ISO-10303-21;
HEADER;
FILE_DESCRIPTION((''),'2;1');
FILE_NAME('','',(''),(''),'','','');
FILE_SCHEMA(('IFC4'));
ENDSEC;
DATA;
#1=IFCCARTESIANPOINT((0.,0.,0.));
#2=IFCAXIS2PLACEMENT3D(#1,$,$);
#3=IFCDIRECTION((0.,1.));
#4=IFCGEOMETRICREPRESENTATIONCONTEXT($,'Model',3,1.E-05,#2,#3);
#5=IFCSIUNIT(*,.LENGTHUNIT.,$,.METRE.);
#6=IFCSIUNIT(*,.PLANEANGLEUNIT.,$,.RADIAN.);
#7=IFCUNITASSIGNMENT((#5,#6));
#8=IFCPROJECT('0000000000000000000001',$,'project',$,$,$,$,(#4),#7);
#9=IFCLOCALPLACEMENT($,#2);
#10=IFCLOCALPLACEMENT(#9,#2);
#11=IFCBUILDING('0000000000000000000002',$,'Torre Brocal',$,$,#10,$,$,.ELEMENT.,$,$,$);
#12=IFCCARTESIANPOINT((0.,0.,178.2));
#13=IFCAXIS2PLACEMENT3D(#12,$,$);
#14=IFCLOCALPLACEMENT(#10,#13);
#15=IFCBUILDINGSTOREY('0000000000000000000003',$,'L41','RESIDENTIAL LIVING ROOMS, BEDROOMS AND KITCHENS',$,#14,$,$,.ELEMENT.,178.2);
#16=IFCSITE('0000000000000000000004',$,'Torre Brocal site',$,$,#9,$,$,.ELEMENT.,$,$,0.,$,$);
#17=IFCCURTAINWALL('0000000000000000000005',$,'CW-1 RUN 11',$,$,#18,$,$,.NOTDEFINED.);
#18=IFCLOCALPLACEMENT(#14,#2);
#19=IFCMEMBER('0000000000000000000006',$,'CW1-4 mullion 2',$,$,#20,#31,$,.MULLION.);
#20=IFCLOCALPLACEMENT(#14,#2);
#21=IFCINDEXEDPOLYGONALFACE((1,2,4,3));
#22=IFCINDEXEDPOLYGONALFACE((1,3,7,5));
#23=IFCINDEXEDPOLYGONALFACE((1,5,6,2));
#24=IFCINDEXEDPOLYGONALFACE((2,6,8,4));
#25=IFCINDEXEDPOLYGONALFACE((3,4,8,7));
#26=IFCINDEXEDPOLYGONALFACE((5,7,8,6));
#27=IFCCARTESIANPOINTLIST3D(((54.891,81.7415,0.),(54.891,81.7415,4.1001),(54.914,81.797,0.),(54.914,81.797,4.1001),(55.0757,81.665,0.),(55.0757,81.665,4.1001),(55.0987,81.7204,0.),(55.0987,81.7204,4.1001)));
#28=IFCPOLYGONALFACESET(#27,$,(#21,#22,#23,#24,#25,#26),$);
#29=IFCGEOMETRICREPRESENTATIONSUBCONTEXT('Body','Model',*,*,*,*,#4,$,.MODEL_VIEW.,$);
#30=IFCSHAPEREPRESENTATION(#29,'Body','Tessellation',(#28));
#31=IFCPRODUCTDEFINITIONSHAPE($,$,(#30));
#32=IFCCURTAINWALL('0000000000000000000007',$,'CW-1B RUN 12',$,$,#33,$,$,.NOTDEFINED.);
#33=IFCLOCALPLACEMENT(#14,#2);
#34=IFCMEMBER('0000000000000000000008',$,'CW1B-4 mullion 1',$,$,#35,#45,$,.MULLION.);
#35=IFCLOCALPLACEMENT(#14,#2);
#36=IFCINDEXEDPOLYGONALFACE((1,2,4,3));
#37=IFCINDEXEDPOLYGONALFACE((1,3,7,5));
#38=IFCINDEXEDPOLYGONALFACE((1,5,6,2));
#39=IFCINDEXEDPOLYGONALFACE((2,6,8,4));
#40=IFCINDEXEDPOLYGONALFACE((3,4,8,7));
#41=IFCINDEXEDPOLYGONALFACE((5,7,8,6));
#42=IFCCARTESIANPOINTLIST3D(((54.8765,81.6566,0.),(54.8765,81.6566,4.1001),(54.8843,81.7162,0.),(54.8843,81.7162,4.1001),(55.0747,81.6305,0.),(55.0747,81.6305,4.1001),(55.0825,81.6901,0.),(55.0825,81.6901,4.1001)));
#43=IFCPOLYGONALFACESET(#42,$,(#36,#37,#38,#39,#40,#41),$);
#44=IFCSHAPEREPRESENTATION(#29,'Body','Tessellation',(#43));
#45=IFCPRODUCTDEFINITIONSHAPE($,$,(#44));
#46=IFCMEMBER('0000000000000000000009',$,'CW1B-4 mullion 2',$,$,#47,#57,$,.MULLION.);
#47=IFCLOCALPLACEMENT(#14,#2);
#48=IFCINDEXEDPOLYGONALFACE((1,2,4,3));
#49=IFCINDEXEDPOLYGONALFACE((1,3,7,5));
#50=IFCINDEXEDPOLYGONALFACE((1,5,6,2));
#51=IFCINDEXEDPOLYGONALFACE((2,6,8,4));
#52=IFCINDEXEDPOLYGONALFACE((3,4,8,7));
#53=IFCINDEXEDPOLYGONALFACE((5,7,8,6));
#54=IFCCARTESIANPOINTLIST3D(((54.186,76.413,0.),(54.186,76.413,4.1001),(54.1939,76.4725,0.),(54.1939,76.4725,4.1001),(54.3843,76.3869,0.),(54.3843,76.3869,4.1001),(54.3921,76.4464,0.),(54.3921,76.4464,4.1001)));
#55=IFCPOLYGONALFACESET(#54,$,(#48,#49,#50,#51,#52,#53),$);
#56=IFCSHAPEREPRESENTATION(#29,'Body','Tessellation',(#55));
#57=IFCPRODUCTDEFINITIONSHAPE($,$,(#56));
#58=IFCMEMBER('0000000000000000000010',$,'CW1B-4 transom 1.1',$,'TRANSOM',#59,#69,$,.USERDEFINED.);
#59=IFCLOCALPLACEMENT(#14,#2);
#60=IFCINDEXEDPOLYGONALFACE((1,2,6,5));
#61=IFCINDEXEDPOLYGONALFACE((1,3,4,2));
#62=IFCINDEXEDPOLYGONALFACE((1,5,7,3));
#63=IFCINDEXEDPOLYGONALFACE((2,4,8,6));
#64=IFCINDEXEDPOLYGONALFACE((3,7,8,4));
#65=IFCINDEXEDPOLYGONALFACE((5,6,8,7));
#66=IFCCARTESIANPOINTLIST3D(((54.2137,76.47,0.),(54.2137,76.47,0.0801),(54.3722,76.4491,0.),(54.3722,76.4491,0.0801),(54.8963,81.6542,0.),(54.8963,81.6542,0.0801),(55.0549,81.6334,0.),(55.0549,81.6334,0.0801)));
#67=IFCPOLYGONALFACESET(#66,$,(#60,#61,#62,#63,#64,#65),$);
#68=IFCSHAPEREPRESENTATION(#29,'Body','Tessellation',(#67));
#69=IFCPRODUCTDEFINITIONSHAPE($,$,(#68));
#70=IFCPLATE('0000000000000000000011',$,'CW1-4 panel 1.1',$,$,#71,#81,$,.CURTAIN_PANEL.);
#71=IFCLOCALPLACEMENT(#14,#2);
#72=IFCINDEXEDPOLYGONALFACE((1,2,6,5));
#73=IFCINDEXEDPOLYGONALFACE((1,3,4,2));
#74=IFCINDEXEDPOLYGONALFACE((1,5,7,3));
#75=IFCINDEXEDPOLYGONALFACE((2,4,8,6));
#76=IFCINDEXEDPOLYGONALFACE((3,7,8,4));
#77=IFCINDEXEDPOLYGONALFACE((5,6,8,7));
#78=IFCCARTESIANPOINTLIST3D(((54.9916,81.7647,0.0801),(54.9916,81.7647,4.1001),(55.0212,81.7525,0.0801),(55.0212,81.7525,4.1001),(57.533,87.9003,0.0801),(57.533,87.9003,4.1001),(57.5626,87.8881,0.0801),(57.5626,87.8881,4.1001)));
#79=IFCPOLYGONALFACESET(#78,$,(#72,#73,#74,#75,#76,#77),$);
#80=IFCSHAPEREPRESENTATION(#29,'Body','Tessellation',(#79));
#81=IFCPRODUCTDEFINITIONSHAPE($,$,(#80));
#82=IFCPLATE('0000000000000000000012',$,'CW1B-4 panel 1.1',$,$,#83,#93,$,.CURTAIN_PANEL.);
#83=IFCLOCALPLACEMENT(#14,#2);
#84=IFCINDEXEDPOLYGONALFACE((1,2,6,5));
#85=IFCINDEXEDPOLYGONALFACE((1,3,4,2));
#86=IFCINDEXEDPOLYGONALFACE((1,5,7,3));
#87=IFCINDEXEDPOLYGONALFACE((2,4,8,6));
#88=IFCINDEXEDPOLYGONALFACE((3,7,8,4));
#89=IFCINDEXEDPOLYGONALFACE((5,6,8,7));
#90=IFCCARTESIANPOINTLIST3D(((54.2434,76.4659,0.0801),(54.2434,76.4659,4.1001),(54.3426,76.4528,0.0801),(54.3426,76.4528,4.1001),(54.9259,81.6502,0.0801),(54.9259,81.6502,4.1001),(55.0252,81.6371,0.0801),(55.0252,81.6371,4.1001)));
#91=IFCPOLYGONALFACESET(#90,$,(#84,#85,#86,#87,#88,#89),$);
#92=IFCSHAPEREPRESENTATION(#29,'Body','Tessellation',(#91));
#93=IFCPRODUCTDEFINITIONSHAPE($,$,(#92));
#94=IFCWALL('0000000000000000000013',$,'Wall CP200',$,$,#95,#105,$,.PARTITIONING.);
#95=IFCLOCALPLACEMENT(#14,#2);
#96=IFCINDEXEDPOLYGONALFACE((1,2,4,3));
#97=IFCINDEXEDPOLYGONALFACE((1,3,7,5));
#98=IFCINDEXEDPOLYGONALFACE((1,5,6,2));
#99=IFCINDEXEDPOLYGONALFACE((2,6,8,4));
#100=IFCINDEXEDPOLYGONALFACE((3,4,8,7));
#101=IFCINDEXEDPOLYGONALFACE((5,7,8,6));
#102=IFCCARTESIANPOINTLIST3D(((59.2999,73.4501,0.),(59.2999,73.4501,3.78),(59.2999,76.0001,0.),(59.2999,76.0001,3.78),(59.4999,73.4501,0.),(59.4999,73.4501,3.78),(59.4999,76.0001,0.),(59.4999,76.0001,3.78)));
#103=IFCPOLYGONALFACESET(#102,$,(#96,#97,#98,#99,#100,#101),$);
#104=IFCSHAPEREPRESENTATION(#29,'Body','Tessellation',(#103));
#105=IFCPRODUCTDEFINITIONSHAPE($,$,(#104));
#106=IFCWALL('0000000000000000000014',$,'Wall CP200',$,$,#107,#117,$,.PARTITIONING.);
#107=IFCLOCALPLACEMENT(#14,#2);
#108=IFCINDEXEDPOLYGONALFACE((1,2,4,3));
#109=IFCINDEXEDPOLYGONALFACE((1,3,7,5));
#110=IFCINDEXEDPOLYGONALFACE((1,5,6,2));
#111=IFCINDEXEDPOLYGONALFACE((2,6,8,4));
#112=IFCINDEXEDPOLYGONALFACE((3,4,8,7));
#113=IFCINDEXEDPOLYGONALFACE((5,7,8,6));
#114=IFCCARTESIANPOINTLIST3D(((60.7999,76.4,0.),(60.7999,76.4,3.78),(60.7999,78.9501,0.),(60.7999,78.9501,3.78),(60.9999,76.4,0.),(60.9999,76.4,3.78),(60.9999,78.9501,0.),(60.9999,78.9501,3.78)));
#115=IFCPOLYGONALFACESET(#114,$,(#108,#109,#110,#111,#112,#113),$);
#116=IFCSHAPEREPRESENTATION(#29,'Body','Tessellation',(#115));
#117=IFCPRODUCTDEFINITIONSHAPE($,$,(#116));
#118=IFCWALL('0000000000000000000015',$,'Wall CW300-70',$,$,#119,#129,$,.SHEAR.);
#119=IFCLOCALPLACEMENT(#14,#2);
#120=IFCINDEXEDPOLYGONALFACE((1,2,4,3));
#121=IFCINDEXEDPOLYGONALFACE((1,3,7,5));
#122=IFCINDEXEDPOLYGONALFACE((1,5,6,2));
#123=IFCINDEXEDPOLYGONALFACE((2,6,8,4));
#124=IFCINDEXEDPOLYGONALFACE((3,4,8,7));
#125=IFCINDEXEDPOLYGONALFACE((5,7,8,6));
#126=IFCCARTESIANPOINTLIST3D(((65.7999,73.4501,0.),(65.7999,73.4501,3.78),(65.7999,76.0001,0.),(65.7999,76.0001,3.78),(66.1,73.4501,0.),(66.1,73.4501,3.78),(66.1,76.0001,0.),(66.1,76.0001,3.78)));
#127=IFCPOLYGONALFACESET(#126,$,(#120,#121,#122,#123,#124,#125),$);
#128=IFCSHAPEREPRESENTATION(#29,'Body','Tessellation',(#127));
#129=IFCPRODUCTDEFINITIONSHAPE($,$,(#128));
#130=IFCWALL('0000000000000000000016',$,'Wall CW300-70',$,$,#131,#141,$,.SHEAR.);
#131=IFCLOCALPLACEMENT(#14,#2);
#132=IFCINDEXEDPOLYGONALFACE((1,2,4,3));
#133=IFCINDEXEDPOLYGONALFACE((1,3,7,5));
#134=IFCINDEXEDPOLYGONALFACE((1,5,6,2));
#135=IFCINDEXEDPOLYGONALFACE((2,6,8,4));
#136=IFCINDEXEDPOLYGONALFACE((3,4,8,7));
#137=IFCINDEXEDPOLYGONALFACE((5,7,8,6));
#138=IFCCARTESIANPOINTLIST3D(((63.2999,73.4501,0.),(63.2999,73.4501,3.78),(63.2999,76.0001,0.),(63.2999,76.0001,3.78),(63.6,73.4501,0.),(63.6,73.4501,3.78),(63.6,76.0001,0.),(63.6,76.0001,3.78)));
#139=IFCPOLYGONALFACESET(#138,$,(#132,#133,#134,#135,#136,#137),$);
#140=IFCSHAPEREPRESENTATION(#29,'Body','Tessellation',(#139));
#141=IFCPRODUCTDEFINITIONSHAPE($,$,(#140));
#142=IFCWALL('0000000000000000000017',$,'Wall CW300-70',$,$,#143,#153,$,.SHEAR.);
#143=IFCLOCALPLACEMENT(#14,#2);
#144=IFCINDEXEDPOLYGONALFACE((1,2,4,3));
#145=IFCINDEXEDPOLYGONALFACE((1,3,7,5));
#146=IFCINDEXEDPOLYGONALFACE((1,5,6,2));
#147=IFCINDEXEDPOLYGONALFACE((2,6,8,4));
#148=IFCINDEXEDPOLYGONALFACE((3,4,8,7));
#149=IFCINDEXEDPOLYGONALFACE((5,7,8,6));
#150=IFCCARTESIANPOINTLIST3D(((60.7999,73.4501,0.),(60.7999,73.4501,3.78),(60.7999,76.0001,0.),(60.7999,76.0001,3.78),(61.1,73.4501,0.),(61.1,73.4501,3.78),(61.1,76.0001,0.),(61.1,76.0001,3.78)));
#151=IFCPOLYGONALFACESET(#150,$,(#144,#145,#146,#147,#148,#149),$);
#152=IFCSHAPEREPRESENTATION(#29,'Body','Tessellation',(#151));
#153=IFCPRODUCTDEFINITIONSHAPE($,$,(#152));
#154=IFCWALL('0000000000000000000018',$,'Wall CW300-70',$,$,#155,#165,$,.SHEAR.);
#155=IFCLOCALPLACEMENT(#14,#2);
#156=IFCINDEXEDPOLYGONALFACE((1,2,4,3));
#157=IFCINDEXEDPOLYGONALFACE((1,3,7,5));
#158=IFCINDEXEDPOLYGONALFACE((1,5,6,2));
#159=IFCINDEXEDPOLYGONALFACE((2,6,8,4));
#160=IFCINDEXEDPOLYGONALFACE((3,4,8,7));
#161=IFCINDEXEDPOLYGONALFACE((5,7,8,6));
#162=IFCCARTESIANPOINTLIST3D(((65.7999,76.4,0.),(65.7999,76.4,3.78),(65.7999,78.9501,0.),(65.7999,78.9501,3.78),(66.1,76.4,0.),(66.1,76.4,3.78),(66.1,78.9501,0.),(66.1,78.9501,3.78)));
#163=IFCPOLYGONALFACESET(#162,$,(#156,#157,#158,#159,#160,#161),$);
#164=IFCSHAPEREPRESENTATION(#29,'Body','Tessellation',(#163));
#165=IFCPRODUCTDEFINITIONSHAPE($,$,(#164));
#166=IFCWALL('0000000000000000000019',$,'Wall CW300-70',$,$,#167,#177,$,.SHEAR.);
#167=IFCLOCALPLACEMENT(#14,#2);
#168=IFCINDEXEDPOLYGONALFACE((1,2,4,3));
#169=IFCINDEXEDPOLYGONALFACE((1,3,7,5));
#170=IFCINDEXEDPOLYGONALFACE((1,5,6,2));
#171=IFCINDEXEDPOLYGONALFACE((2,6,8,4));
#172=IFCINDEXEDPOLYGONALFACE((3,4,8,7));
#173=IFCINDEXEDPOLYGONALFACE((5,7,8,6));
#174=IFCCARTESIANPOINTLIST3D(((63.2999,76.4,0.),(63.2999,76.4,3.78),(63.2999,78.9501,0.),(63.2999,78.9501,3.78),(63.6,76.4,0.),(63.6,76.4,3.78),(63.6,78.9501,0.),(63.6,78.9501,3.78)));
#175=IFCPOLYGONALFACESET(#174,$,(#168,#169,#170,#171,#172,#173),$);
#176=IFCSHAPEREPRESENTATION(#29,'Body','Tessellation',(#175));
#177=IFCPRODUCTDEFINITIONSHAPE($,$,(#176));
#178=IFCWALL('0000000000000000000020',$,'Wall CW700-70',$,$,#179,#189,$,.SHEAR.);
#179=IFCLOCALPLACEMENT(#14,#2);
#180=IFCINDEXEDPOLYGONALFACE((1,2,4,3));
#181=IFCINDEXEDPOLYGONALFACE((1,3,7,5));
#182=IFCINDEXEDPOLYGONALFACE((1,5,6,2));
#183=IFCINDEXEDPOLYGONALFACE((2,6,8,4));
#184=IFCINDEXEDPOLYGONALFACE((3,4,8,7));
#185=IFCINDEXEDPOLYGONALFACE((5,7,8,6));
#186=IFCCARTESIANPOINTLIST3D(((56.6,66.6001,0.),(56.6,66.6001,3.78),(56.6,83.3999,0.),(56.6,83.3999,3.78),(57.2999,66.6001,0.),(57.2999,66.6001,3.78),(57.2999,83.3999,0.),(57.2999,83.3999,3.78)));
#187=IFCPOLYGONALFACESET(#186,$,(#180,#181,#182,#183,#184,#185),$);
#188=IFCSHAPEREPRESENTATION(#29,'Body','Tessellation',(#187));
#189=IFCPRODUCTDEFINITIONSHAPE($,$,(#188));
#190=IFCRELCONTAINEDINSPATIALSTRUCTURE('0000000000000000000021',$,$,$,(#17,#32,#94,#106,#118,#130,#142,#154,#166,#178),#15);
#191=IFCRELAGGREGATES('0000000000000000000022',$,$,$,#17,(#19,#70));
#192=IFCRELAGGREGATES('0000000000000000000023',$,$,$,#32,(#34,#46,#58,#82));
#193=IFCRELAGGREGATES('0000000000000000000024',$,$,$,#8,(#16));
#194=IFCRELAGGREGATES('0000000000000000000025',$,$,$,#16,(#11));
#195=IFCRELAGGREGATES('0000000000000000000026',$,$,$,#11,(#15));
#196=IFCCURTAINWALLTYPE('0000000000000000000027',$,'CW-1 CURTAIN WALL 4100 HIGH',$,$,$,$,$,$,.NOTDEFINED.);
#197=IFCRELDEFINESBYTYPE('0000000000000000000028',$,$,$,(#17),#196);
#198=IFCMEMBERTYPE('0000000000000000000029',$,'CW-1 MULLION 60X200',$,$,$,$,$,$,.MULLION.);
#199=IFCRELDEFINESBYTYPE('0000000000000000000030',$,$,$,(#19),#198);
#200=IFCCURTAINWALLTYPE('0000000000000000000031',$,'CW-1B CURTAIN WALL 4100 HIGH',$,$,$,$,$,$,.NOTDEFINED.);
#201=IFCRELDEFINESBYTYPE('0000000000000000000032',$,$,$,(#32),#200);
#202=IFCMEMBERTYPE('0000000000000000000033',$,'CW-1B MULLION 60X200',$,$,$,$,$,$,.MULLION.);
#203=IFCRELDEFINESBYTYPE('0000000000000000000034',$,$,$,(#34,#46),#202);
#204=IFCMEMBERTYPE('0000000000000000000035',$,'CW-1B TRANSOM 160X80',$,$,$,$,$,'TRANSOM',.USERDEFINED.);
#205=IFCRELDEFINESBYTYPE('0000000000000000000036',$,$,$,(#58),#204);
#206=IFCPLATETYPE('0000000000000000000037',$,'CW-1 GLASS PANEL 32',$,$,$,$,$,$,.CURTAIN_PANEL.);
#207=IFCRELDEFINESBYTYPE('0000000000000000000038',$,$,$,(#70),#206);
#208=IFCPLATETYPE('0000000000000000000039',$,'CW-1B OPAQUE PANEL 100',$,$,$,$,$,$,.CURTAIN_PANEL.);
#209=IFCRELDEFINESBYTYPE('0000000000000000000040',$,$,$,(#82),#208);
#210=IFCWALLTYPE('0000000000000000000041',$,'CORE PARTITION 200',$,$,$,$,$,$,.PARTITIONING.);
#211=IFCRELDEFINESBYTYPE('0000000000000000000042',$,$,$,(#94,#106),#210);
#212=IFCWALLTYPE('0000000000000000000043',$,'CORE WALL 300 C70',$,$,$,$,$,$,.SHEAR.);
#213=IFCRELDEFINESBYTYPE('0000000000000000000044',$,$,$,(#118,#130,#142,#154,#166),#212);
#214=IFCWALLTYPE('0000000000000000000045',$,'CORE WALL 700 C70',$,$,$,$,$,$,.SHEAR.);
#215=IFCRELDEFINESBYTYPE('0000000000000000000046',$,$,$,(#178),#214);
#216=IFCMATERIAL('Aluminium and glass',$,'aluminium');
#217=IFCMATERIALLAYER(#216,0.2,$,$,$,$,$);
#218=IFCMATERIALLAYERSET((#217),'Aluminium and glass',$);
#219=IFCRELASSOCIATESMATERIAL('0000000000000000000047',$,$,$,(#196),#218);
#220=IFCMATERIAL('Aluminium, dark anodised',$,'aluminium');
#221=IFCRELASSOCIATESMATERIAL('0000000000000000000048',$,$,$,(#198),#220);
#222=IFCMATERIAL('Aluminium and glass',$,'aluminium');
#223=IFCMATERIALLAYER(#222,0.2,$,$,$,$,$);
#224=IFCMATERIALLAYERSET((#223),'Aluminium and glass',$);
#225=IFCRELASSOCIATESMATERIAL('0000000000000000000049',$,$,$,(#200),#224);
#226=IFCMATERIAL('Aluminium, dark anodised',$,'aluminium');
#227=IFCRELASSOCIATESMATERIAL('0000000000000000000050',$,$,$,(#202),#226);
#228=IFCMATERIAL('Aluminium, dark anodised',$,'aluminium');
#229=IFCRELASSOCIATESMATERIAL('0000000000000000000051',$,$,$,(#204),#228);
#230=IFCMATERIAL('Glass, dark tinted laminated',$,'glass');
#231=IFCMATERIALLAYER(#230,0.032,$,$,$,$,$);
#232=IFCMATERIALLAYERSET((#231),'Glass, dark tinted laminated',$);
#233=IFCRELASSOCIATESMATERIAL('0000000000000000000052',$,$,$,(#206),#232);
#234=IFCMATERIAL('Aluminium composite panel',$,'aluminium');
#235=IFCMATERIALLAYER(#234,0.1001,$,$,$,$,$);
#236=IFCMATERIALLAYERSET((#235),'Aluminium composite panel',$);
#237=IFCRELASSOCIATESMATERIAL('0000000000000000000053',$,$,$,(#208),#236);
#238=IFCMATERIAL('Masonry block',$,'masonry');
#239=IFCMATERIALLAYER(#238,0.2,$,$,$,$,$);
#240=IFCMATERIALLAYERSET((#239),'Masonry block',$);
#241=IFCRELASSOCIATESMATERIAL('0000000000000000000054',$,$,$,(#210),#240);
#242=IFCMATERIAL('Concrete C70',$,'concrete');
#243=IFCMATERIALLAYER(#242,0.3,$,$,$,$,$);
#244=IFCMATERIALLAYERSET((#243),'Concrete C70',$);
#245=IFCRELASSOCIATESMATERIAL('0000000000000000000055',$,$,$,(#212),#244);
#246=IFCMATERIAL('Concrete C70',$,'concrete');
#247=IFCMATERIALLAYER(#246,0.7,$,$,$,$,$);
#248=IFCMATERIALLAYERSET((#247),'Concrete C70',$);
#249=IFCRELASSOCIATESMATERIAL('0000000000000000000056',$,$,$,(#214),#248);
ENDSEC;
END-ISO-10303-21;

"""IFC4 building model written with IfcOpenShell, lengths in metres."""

from ifc_helpers import new_model, si_unit, direction, frame, frame_2d, origin, origin_2d, place, context, subcontext, project, spatial, rectangle, extrude, material, layer, layer_set, material_profile, profile_set, type_object, element, aggregate, save


model = new_model("IFC4")

# Units and contexts
model_context = context("Model", 3, precision=1e-05, world=origin(), true_north=direction((0.0, 1.0)))
body_context = subcontext(model_context, "Body", "Model", "MODEL_VIEW")
ifc_project = project(units=[si_unit("LENGTHUNIT", "METRE"), si_unit("PLANEANGLEUNIT", "RADIAN")], contexts=[model_context])

# Site, building, storey
site_placement = place(None, origin())
site = spatial("IfcSite", under=ifc_project, at=site_placement, Name="Torre Brocal site", CompositionType="ELEMENT", RefElevation=0.0)
building_placement = place(site_placement, origin())
building = spatial("IfcBuilding", under=site, at=building_placement, Name="Torre Brocal", CompositionType="ELEMENT")
storey_placement = place(building_placement, frame((0.0, 0.0, 178.2)))
storey = spatial("IfcBuildingStorey", under=building, at=storey_placement, Name="L41", Description="RESIDENTIAL LIVING ROOMS, BEDROOMS AND KITCHENS", CompositionType="ELEMENT", Elevation=178.2)

# Curtain wall, member
ifc_material_1 = material(Name="Aluminium and glass", Category="aluminium")
ifc_layer_1 = layer(ifc_material_1, 0.2)
ifc_layer_set_1 = layer_set([ifc_layer_1], Name="Aluminium and glass")
curtain_wall_type_1 = type_object("IfcCurtainWallType", Name="CW-1 CURTAIN WALL 4100 HIGH", PredefinedType="NOTDEFINED", material=ifc_layer_set_1)
curtain_wall_1_placement = place(storey_placement, origin())
curtain_wall_1 = element("IfcCurtainWall", 1, at=curtain_wall_1_placement, inside=storey, type_object=curtain_wall_type_1, Name="CW-1 RUN 11", PredefinedType="NOTDEFINED")
ifc_material_2 = material(Name="Aluminium, dark anodised", Category="aluminium")
ifc_material_profile_1 = material_profile(ifc_material_2, rectangle(XDim=0.2, YDim=0.0601, at=origin_2d()), Name="CW-1 MULLION 60X200")
ifc_profile_set_1 = profile_set([ifc_material_profile_1], Name="Aluminium, dark anodised")
member_type_1 = type_object("IfcMemberType", Name="CW-1 MULLION 60X200", PredefinedType="MULLION", material=ifc_profile_set_1)
member_1_placement = place(storey_placement, frame((54.9949, 81.731, 0.0), z_axis=(0.0, 0.0, 1.0), x_axis=(0.92388, -0.382683, 0.0)))
member_1 = element("IfcMember", 2, at=member_1_placement, type_object=member_type_1, Name="CW1-4 mullion 2", PredefinedType="MULLION", context=body_context, shape_type="SweptSolid", body=[
    extrude(rectangle(XDim=0.2, YDim=0.0601, at=origin_2d()), origin(), (0.0, 0.0, 1.0), 4.1001),
])

# Curtain wall, members
ifc_material_3 = material(Name="Aluminium and glass", Category="aluminium")
ifc_layer_2 = layer(ifc_material_3, 0.2)
ifc_layer_set_2 = layer_set([ifc_layer_2], Name="Aluminium and glass")
curtain_wall_type_2 = type_object("IfcCurtainWallType", Name="CW-1B CURTAIN WALL 4100 HIGH", PredefinedType="NOTDEFINED", material=ifc_layer_set_2)
curtain_wall_2_placement = place(storey_placement, origin())
curtain_wall_2 = element("IfcCurtainWall", 3, at=curtain_wall_2_placement, inside=storey, type_object=curtain_wall_type_2, Name="CW-1B RUN 12", PredefinedType="NOTDEFINED")
ifc_material_4 = material(Name="Aluminium, dark anodised", Category="aluminium")
ifc_material_profile_2 = material_profile(ifc_material_4, rectangle(XDim=0.2, YDim=0.0601, at=origin_2d()), Name="CW-1B MULLION 60X200")
ifc_profile_set_2 = profile_set([ifc_material_profile_2], Name="Aluminium, dark anodised")
member_type_2 = type_object("IfcMemberType", Name="CW-1B MULLION 60X200", PredefinedType="MULLION", material=ifc_profile_set_2)
member_2_placement = place(storey_placement, frame((54.9795, 81.6733, 0.0), z_axis=(0.0, 0.0, 1.0), x_axis=(0.991445, -0.130526, 0.0)))
member_2 = element("IfcMember", 4, at=member_2_placement, type_object=member_type_2, Name="CW1B-4 mullion 1", PredefinedType="MULLION", context=body_context, shape_type="SweptSolid", body=[
    extrude(rectangle(XDim=0.2, YDim=0.0601, at=origin_2d()), origin(), (0.0, 0.0, 1.0), 4.1001),
])
member_3_placement = place(storey_placement, frame((54.2891, 76.4297, 0.0), z_axis=(0.0, 0.0, 1.0), x_axis=(0.991445, -0.130526, 0.0)))
member_3 = element("IfcMember", 5, at=member_3_placement, type_object=member_type_2, Name="CW1B-4 mullion 2", PredefinedType="MULLION", context=body_context, shape_type="SweptSolid", body=[
    extrude(rectangle(XDim=0.2, YDim=0.0601, at=origin_2d()), origin(), (0.0, 0.0, 1.0), 4.1001),
])
ifc_material_5 = material(Name="Aluminium, dark anodised", Category="aluminium")
ifc_material_profile_3 = material_profile(ifc_material_5, rectangle(XDim=0.1599, YDim=0.0801, at=origin_2d()), Name="CW-1B TRANSOM 160X80")
ifc_profile_set_3 = profile_set([ifc_material_profile_3], Name="Aluminium, dark anodised")
member_type_3 = type_object("IfcMemberType", Name="CW-1B TRANSOM 160X80", ElementType="TRANSOM", PredefinedType="USERDEFINED", material=ifc_profile_set_3)
member_4_placement = place(storey_placement, frame((54.9756, 81.6438, 0.04), z_axis=(-0.130543, -0.991443, 0.0), x_axis=(0.991443, -0.130543, 0.0)))
member_4 = element("IfcMember", 6, at=member_4_placement, type_object=member_type_3, Name="CW1B-4 transom 1.1", ObjectType="TRANSOM", PredefinedType="USERDEFINED", context=body_context, shape_type="SweptSolid", body=[
    extrude(rectangle(XDim=0.1599, YDim=0.0801, at=origin_2d()), origin(), (0.0, 0.0, 1.0), 5.229),
])

# Plates
ifc_material_6 = material(Name="Glass, dark tinted laminated", Category="glass")
ifc_layer_3 = layer(ifc_material_6, 0.032)
ifc_layer_set_3 = layer_set([ifc_layer_3], Name="Glass, dark tinted laminated")
plate_type_1 = type_object("IfcPlateType", Name="CW-1 GLASS PANEL 32", PredefinedType="CURTAIN_PANEL", material=ifc_layer_set_3)
plate_1_placement = place(storey_placement, frame((56.2771, 84.8264, 0.0801), z_axis=(0.0, 0.0, 1.0), x_axis=(-0.382683, -0.92388, 0.0)))
plate_1 = element("IfcPlate", 7, at=plate_1_placement, type_object=plate_type_1, Name="CW1-4 panel 1.1", PredefinedType="CURTAIN_PANEL", context=body_context, shape_type="SweptSolid", body=[
    extrude(rectangle(XDim=6.6411, YDim=0.032, at=origin_2d()), origin(), (0.0, 0.0, 1.0), 4.02),
])
aggregate(curtain_wall_1, [member_1, plate_1])
ifc_material_7 = material(Name="Aluminium composite panel", Category="aluminium")
ifc_layer_4 = layer(ifc_material_7, 0.1001)
ifc_layer_set_4 = layer_set([ifc_layer_4], Name="Aluminium composite panel")
plate_type_2 = type_object("IfcPlateType", Name="CW-1B OPAQUE PANEL 100", PredefinedType="CURTAIN_PANEL", material=ifc_layer_set_4)
plate_2_placement = place(storey_placement, frame((54.6343, 79.0515, 0.0801), z_axis=(0.0, 0.0, 1.0), x_axis=(-0.130526, -0.991445, 0.0)))
plate_2 = element("IfcPlate", 8, at=plate_2_placement, type_object=plate_type_2, Name="CW1B-4 panel 1.1", PredefinedType="CURTAIN_PANEL", context=body_context, shape_type="SweptSolid", body=[
    extrude(rectangle(XDim=5.229, YDim=0.1001, at=origin_2d()), origin(), (0.0, 0.0, 1.0), 4.02),
])
aggregate(curtain_wall_2, [member_2, member_3, member_4, plate_2])

# Walls
ifc_material_8 = material(Name="Masonry block", Category="masonry")
ifc_layer_5 = layer(ifc_material_8, 0.2)
ifc_layer_set_5 = layer_set([ifc_layer_5], Name="Masonry block")
wall_type_1 = type_object("IfcWallType", Name="CORE PARTITION 200", PredefinedType="PARTITIONING", material=ifc_layer_set_5)
for number, where, z_axis, x_axis, name in (
    (9, (59.3999, 76.0, 0.0), (0.0, 0.0, 1.0), (0.0, -1.0, 0.0), "Wall CP200"),
    (10, (60.8999, 78.95, 0.0), (0.0, 0.0, 1.0), (0.0, -1.0, 0.0), "Wall CP200"),
):
    element("IfcWall", number, at=place(storey_placement, frame(where, z_axis=z_axis, x_axis=x_axis)), inside=storey, type_object=wall_type_1, Name=name, PredefinedType="PARTITIONING", context=body_context, shape_type="SweptSolid", body=[
        extrude(rectangle(XDim=2.55, YDim=0.2, at=frame_2d((1.2749, 0.0))), origin(), (0.0, 0.0, 1.0), 3.78),
    ])
ifc_material_9 = material(Name="Concrete C70", Category="concrete")
ifc_layer_6 = layer(ifc_material_9, 0.3)
ifc_layer_set_6 = layer_set([ifc_layer_6], Name="Concrete C70")
wall_type_2 = type_object("IfcWallType", Name="CORE WALL 300 C70", PredefinedType="SHEAR", material=ifc_layer_set_6)
for number, where, z_axis, x_axis, name in (
    (11, (65.95, 76.0, 0.0), (0.0, 0.0, 1.0), (0.0, -1.0, 0.0), "Wall CW300-70"),
    (12, (63.45, 76.0, 0.0), (0.0, 0.0, 1.0), (0.0, -1.0, 0.0), "Wall CW300-70"),
    (13, (60.95, 76.0, 0.0), (0.0, 0.0, 1.0), (0.0, -1.0, 0.0), "Wall CW300-70"),
    (14, (65.95, 78.95, 0.0), (0.0, 0.0, 1.0), (0.0, -1.0, 0.0), "Wall CW300-70"),
    (15, (63.45, 78.95, 0.0), (0.0, 0.0, 1.0), (0.0, -1.0, 0.0), "Wall CW300-70"),
):
    element("IfcWall", number, at=place(storey_placement, frame(where, z_axis=z_axis, x_axis=x_axis)), inside=storey, type_object=wall_type_2, Name=name, PredefinedType="SHEAR", context=body_context, shape_type="SweptSolid", body=[
        extrude(rectangle(XDim=2.55, YDim=0.3, at=frame_2d((1.2749, 0.0))), origin(), (0.0, 0.0, 1.0), 3.78),
    ])
ifc_material_10 = material(Name="Concrete C70", Category="concrete")
ifc_layer_7 = layer(ifc_material_10, 0.7)
ifc_layer_set_7 = layer_set([ifc_layer_7], Name="Concrete C70")
wall_type_3 = type_object("IfcWallType", Name="CORE WALL 700 C70", PredefinedType="SHEAR", material=ifc_layer_set_7)
wall_1_placement = place(storey_placement, frame((56.95, 83.3999, 0.0), z_axis=(0.0, 0.0, 1.0), x_axis=(0.0, -1.0, 0.0)))
element("IfcWall", 16, at=wall_1_placement, inside=storey, type_object=wall_type_3, Name="Wall CW700-70", PredefinedType="SHEAR", context=body_context, shape_type="SweptSolid", body=[
    extrude(rectangle(XDim=16.7998, YDim=0.7, at=frame_2d((8.3999, 0.0))), origin(), (0.0, 0.0, 1.0), 3.78),
])

save(model, "model.ifc")
